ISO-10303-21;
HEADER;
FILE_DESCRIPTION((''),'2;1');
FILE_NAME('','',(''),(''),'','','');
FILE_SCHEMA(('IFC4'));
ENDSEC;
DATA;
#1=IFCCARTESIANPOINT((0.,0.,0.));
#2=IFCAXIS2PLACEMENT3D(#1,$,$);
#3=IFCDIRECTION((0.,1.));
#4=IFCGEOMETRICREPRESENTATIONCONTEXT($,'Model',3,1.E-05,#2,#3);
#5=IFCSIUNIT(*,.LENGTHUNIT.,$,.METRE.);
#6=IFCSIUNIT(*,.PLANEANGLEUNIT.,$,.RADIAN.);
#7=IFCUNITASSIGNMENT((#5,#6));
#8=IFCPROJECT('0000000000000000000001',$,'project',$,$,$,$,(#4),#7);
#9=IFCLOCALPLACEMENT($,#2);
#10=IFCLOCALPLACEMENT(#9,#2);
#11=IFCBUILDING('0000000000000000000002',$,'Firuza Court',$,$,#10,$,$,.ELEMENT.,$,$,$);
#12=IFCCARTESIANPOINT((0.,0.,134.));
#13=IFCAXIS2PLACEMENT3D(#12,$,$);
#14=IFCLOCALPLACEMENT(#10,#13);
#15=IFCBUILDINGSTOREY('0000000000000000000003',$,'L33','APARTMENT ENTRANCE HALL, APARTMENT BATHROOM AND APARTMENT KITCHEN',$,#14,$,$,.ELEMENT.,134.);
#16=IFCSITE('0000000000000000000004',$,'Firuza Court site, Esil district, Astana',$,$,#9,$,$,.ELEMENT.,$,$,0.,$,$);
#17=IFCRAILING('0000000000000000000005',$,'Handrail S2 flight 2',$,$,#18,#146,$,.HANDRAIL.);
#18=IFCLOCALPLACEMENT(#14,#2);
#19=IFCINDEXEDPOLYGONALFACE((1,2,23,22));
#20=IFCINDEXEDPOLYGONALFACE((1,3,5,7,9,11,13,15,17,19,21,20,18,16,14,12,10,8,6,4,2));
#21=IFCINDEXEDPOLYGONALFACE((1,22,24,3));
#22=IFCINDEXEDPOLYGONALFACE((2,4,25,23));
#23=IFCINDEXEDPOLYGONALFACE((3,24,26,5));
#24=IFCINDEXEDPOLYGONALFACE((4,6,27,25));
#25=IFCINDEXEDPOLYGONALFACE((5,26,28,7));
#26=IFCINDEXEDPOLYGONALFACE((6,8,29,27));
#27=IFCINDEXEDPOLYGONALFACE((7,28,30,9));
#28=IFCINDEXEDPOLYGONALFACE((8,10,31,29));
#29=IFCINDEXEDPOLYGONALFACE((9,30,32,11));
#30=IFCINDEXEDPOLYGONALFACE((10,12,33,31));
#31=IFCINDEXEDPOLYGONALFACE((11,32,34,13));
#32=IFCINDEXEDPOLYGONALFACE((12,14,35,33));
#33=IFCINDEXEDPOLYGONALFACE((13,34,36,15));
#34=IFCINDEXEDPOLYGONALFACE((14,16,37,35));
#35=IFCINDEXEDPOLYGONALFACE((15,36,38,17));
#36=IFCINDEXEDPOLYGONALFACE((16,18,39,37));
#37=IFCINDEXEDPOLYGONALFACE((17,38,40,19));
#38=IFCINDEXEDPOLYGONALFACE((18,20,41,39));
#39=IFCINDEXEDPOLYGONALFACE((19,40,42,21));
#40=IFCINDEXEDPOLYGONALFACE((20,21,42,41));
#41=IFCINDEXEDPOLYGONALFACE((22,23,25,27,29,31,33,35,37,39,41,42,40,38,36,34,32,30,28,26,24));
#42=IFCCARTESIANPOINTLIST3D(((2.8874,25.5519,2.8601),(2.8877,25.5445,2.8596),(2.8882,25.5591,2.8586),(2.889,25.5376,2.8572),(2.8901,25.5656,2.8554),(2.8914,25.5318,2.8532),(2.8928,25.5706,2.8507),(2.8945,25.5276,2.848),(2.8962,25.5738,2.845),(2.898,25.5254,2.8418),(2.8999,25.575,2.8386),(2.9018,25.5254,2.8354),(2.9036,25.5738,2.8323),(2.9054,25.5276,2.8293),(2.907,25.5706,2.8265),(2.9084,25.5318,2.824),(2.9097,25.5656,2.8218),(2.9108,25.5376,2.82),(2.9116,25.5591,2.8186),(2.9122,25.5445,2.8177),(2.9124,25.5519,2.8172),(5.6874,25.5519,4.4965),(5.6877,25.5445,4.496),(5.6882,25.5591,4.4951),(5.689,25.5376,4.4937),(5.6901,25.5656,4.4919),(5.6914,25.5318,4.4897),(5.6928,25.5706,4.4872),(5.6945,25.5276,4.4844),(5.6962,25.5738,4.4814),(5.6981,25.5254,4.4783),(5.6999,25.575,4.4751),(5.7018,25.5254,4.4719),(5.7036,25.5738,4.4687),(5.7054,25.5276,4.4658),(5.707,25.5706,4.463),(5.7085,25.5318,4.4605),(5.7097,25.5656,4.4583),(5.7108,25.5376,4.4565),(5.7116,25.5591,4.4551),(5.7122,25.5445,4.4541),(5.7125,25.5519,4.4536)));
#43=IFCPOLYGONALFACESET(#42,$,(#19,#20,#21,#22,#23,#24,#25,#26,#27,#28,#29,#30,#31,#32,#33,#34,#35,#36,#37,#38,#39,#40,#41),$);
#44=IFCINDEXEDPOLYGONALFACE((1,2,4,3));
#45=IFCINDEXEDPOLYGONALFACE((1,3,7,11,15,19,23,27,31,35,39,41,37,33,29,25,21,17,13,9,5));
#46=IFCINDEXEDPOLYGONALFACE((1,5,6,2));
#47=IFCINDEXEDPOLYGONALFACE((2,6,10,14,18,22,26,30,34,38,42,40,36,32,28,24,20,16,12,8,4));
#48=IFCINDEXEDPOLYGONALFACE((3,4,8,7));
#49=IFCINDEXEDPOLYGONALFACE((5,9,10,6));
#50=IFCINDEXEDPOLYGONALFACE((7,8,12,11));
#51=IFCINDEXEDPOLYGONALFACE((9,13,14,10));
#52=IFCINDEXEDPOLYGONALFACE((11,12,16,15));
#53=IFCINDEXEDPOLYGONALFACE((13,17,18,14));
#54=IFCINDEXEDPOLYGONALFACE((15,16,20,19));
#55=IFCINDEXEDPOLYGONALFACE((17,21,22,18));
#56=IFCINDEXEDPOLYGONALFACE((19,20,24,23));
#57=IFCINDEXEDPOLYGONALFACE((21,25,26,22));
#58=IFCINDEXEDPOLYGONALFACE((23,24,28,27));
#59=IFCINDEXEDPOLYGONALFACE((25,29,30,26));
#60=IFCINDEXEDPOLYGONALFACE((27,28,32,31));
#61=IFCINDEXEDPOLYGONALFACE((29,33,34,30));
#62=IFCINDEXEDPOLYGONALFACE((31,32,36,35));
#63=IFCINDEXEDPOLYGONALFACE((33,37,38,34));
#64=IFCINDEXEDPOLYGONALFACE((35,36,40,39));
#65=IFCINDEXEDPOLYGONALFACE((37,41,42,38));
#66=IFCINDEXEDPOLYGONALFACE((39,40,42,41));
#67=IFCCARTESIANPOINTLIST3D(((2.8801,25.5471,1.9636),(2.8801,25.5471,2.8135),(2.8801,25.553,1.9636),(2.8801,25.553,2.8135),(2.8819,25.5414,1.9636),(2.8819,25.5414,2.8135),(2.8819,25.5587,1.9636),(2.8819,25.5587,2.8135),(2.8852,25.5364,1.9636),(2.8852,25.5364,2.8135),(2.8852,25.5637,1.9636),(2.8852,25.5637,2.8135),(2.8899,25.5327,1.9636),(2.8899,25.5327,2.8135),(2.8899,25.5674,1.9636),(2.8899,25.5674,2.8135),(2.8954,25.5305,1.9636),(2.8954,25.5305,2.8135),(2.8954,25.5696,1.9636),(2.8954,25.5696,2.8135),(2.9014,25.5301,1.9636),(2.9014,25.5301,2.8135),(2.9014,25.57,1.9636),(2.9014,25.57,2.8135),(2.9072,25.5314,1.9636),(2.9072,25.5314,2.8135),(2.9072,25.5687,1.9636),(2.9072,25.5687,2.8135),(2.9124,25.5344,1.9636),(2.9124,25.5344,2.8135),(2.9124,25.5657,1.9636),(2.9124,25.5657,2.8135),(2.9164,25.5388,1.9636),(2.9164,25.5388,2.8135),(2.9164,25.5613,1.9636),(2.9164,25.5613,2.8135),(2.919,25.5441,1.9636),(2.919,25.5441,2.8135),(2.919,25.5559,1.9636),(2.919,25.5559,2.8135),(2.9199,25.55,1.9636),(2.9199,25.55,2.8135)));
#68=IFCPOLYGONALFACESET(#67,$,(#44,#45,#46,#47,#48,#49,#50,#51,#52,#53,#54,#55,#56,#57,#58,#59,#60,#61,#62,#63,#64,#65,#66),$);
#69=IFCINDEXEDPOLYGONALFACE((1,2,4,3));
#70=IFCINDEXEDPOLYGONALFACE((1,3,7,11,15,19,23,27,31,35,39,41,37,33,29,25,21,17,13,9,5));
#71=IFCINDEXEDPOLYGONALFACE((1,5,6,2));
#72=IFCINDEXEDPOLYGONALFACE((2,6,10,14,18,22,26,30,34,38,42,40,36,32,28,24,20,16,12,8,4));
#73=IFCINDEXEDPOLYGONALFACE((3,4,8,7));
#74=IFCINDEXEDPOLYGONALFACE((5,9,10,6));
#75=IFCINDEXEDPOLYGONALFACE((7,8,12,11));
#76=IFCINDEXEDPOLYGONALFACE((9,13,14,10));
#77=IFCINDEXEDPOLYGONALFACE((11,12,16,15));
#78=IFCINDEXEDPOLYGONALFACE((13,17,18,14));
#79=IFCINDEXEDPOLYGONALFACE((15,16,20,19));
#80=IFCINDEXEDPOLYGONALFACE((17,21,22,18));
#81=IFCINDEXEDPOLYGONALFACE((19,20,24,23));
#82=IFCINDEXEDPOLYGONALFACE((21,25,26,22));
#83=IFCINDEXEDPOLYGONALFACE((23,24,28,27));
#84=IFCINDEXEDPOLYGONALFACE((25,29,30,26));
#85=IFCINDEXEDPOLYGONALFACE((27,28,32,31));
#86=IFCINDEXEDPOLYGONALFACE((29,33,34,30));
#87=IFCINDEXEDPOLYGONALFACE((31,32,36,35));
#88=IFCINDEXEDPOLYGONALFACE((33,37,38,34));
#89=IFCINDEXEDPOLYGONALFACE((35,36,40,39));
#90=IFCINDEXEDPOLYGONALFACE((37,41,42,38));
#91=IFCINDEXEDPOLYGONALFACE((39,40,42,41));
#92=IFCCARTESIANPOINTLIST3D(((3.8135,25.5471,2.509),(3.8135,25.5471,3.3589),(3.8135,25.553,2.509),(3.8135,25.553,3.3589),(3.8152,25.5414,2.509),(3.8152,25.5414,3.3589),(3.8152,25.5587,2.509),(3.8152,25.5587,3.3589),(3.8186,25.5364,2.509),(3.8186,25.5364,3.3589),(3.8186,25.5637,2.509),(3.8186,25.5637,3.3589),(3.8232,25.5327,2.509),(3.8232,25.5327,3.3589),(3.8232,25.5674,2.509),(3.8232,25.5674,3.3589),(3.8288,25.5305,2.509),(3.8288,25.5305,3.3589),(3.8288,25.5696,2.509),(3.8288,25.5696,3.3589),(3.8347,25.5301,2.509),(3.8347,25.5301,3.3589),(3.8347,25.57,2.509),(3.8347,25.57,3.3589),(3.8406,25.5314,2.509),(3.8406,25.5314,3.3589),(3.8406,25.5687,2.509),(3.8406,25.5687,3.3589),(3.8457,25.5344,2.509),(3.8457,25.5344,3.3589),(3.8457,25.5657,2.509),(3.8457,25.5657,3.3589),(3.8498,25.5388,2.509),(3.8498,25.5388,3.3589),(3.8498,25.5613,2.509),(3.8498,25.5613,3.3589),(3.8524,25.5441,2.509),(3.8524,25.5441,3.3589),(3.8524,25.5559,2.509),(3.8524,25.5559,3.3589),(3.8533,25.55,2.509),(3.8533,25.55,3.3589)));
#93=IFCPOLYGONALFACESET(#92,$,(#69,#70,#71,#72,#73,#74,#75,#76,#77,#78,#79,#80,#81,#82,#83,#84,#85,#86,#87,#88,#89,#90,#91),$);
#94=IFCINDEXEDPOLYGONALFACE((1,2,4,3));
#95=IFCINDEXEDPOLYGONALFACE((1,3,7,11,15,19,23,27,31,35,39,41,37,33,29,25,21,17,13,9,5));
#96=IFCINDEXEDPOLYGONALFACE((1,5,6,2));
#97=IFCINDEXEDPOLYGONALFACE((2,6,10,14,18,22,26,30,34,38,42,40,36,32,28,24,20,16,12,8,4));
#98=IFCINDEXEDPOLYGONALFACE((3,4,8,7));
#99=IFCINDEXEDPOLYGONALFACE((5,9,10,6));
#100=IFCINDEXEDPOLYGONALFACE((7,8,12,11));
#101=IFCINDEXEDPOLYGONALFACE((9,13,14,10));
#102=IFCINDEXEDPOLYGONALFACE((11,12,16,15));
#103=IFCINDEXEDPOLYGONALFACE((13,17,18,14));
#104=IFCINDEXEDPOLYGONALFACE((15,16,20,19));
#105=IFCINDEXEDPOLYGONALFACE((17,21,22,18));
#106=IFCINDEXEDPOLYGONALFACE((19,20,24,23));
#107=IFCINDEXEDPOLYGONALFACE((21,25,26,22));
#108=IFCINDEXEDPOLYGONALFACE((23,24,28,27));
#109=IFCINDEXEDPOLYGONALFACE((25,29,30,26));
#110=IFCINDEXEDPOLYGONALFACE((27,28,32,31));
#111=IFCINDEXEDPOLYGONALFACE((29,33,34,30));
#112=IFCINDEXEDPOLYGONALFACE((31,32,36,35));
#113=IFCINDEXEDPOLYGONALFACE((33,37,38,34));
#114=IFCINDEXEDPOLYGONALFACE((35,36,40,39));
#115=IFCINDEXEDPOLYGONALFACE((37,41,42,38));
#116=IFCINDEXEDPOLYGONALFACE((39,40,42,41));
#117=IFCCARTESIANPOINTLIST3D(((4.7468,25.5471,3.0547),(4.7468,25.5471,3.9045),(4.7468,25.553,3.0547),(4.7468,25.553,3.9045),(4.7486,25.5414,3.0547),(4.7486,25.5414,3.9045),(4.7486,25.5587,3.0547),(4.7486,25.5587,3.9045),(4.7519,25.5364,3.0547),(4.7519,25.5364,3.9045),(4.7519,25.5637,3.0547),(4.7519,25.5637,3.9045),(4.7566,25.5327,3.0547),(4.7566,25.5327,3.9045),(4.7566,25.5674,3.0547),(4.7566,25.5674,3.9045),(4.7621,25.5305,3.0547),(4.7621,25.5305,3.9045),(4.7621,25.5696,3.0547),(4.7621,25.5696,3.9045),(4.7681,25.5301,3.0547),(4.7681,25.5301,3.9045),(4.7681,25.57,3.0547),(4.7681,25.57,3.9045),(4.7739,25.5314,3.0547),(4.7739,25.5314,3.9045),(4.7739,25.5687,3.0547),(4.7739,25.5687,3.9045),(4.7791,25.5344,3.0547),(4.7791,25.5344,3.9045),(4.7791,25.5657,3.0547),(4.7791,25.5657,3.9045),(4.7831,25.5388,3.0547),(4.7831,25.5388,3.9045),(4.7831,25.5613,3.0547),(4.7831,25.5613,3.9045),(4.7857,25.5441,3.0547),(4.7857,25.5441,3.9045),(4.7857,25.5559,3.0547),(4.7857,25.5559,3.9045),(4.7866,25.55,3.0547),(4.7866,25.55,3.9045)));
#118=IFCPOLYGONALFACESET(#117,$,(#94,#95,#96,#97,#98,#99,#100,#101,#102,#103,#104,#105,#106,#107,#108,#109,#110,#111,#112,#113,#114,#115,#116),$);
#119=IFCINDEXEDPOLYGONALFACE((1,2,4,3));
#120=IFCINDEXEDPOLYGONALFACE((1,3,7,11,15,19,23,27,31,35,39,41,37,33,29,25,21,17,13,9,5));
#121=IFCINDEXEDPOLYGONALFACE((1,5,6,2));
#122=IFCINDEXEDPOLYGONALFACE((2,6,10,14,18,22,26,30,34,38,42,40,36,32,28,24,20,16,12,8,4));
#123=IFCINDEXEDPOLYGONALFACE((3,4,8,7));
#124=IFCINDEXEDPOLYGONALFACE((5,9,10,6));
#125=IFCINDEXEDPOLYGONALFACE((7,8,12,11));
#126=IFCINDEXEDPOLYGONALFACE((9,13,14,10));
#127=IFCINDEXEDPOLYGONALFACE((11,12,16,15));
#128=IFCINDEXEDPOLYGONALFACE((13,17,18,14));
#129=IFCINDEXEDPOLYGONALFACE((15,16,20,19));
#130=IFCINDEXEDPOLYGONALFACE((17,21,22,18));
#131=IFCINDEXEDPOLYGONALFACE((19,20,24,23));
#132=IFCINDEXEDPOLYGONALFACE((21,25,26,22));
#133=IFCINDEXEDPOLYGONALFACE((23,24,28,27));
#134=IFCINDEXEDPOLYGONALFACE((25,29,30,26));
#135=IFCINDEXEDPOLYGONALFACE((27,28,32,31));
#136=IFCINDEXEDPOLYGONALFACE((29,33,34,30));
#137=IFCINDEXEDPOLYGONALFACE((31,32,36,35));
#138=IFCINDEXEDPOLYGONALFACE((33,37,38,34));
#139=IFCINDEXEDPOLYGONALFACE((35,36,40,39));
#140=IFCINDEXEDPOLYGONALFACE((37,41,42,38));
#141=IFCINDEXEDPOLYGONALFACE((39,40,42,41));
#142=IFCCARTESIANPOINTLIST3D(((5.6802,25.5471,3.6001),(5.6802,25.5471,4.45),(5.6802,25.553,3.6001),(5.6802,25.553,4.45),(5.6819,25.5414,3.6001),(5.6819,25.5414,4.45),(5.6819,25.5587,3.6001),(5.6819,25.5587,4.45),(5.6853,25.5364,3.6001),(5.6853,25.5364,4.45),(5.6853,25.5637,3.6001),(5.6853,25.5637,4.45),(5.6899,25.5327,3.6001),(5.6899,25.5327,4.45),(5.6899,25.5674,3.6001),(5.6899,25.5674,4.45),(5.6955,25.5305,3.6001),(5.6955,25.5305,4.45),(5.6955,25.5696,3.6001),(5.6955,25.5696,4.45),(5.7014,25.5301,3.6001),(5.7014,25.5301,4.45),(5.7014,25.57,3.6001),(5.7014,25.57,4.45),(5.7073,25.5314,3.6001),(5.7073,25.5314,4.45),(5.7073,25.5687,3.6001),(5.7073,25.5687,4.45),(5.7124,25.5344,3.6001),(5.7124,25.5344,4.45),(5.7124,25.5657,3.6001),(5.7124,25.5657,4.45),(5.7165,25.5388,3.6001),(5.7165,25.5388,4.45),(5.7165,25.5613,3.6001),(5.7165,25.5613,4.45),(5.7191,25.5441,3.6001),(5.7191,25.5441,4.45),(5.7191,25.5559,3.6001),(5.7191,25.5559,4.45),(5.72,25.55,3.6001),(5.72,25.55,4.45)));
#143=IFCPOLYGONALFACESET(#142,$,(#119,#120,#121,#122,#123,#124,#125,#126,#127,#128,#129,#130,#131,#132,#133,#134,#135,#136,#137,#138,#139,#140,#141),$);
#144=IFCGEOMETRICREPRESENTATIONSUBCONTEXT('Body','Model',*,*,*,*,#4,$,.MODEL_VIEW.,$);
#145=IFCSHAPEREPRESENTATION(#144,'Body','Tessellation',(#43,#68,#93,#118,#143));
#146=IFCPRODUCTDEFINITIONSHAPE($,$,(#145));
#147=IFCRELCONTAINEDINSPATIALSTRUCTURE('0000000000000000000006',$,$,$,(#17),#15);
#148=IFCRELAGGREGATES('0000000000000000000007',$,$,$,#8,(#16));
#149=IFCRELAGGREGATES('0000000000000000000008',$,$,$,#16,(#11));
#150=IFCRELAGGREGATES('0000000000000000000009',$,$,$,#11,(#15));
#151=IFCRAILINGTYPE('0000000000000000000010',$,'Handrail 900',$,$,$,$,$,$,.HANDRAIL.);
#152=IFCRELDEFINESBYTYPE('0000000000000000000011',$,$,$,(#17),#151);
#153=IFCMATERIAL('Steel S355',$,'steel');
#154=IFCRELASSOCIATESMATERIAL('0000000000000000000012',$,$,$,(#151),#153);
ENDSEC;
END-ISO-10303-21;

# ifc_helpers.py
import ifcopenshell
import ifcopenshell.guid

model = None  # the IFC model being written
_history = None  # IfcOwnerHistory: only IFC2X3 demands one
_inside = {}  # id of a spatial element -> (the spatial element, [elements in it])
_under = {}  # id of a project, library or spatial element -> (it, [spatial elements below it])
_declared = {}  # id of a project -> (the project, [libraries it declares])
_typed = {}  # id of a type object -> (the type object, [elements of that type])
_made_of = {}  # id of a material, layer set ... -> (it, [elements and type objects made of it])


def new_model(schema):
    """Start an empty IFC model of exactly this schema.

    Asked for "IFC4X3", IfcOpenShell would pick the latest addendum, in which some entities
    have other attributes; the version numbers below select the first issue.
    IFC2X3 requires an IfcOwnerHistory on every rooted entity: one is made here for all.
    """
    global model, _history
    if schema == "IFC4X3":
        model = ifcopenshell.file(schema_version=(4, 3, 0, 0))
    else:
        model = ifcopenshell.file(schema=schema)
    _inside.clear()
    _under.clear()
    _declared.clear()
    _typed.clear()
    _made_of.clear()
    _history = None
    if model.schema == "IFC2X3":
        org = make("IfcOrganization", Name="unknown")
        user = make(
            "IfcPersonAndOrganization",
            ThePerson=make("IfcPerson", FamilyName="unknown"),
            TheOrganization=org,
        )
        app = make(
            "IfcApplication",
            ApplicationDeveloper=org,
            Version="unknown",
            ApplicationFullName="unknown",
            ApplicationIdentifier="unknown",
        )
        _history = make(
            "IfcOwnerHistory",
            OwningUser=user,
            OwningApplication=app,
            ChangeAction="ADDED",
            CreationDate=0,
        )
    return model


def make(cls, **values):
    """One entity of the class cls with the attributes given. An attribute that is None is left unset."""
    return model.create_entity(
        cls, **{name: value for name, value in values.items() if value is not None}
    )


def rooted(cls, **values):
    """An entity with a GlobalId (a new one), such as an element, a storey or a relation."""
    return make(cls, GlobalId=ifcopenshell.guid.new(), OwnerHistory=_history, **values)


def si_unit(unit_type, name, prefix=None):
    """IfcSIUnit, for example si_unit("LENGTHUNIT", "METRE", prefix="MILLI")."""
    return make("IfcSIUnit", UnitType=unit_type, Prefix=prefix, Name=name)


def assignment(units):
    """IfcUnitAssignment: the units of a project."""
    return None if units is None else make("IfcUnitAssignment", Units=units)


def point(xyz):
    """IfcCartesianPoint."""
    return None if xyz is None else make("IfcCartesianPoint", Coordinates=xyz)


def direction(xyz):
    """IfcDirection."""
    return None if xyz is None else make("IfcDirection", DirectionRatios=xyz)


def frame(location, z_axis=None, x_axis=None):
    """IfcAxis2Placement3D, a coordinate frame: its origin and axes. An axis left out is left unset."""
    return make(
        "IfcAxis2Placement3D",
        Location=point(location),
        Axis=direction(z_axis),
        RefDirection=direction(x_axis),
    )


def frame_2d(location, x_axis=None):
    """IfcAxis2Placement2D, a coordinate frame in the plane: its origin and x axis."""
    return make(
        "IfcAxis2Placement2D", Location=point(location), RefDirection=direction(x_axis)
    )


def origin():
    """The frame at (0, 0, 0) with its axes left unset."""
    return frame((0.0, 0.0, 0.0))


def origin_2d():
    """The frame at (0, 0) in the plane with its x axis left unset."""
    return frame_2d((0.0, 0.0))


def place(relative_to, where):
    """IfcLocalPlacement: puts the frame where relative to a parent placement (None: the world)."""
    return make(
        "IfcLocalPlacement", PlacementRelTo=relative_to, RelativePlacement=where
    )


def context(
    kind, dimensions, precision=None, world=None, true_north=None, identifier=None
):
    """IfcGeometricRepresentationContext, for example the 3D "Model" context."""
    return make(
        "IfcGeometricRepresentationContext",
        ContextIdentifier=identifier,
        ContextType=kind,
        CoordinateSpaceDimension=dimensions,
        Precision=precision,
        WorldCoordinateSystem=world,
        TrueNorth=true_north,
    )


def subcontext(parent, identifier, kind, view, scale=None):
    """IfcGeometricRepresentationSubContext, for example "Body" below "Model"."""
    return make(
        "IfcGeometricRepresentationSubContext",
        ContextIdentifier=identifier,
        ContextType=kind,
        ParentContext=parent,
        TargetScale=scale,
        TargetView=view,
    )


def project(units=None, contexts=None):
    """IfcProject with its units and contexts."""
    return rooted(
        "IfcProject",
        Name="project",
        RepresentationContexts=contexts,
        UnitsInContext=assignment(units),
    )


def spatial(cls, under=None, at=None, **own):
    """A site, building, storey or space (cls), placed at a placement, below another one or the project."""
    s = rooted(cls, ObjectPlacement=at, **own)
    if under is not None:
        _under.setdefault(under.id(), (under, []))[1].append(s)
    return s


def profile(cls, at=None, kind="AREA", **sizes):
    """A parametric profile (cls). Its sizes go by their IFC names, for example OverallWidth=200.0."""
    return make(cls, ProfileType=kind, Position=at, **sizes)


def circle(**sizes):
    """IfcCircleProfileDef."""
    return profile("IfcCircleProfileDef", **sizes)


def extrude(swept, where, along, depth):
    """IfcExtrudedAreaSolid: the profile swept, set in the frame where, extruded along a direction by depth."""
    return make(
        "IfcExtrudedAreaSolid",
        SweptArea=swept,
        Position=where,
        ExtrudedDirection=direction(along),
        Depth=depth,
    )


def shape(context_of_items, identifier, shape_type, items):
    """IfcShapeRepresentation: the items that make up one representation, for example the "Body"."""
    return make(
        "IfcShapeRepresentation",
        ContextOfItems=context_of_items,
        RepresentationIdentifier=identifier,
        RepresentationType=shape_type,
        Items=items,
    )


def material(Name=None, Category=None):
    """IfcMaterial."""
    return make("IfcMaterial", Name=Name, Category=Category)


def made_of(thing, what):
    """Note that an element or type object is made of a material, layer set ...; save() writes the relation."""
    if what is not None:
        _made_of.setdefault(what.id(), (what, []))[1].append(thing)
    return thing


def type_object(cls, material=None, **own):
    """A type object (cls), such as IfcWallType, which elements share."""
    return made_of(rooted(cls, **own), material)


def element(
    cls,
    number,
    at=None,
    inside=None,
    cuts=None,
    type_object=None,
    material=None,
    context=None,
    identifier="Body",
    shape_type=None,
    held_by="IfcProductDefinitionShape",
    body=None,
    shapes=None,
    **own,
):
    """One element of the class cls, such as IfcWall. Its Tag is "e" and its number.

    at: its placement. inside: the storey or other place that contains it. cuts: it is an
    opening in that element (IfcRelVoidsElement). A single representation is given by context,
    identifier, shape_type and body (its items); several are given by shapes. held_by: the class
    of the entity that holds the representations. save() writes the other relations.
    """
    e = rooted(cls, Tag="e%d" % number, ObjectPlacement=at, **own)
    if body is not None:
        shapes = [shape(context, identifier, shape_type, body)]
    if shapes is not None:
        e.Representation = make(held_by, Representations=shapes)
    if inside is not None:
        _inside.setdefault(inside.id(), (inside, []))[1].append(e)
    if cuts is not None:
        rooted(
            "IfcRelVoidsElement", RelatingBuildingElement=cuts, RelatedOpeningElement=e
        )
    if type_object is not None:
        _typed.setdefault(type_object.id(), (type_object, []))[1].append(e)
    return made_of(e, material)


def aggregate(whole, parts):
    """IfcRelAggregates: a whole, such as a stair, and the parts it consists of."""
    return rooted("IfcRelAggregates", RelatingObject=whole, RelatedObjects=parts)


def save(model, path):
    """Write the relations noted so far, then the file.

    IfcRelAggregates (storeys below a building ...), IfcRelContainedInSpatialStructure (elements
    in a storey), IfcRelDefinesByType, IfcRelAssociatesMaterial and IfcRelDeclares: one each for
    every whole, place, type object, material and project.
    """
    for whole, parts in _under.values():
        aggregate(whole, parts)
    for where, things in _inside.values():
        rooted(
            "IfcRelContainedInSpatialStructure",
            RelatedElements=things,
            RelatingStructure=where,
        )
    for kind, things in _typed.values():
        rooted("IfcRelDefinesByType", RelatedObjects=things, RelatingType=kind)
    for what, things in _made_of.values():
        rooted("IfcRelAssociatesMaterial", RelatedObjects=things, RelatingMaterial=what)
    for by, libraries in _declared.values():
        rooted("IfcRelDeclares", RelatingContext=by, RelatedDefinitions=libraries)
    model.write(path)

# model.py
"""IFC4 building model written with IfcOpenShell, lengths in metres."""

from ifc_helpers import new_model, si_unit, direction, frame, origin, origin_2d, place, context, subcontext, project, spatial, circle, extrude, material, type_object, element, save


model = new_model("IFC4")

# Units and contexts
model_context = context("Model", 3, precision=1e-05, world=origin(), true_north=direction((0.0, 1.0)))
body_context = subcontext(model_context, "Body", "Model", "MODEL_VIEW")
ifc_project = project(units=[si_unit("LENGTHUNIT", "METRE"), si_unit("PLANEANGLEUNIT", "RADIAN")], contexts=[model_context])

# Site, building, storey
site_placement = place(None, origin())
site = spatial("IfcSite", under=ifc_project, at=site_placement, Name="Firuza Court site, Esil district, Astana", CompositionType="ELEMENT", RefElevation=0.0)
building_placement = place(site_placement, origin())
building = spatial("IfcBuilding", under=site, at=building_placement, Name="Firuza Court", CompositionType="ELEMENT")
storey_placement = place(building_placement, frame((0.0, 0.0, 134.0)))
storey = spatial("IfcBuildingStorey", under=building, at=storey_placement, Name="L33", Description="APARTMENT ENTRANCE HALL, APARTMENT BATHROOM AND APARTMENT KITCHEN", CompositionType="ELEMENT", Elevation=134.0)

# Railing
ifc_material_1 = material(Name="Steel S355", Category="steel")
railing_type_1 = type_object("IfcRailingType", Name="Handrail 900", PredefinedType="HANDRAIL", material=ifc_material_1)
railing_1_placement = place(storey_placement, frame((2.8999, 25.55, 1.9636)))
element("IfcRailing", 1, at=railing_1_placement, inside=storey, type_object=railing_type_1, Name="Handrail S2 flight 2", PredefinedType="HANDRAIL", context=body_context, shape_type="SweptSolid", body=[
    extrude(circle(Radius=0.0249, at=origin_2d()), frame((0.0, 0.0, 0.875), z_axis=(0.863361, 0.0, 0.504587), x_axis=(0.0, 1.0, 0.0)), (0.0, 0.0, 1.0), 3.2432),
    extrude(circle(Radius=0.02, at=origin_2d()), origin(), (0.0, 0.0, 1.0), 0.8499),
    extrude(circle(Radius=0.02, at=origin_2d()), frame((0.9333, 0.0, 0.5454)), (0.0, 0.0, 1.0), 0.8499),
    extrude(circle(Radius=0.02, at=origin_2d()), frame((1.8667, 0.0, 1.0911)), (0.0, 0.0, 1.0), 0.8499),
    extrude(circle(Radius=0.02, at=origin_2d()), frame((2.8, 0.0, 1.6365)), (0.0, 0.0, 1.0), 0.8499),
])

save(model, "model.ifc")
